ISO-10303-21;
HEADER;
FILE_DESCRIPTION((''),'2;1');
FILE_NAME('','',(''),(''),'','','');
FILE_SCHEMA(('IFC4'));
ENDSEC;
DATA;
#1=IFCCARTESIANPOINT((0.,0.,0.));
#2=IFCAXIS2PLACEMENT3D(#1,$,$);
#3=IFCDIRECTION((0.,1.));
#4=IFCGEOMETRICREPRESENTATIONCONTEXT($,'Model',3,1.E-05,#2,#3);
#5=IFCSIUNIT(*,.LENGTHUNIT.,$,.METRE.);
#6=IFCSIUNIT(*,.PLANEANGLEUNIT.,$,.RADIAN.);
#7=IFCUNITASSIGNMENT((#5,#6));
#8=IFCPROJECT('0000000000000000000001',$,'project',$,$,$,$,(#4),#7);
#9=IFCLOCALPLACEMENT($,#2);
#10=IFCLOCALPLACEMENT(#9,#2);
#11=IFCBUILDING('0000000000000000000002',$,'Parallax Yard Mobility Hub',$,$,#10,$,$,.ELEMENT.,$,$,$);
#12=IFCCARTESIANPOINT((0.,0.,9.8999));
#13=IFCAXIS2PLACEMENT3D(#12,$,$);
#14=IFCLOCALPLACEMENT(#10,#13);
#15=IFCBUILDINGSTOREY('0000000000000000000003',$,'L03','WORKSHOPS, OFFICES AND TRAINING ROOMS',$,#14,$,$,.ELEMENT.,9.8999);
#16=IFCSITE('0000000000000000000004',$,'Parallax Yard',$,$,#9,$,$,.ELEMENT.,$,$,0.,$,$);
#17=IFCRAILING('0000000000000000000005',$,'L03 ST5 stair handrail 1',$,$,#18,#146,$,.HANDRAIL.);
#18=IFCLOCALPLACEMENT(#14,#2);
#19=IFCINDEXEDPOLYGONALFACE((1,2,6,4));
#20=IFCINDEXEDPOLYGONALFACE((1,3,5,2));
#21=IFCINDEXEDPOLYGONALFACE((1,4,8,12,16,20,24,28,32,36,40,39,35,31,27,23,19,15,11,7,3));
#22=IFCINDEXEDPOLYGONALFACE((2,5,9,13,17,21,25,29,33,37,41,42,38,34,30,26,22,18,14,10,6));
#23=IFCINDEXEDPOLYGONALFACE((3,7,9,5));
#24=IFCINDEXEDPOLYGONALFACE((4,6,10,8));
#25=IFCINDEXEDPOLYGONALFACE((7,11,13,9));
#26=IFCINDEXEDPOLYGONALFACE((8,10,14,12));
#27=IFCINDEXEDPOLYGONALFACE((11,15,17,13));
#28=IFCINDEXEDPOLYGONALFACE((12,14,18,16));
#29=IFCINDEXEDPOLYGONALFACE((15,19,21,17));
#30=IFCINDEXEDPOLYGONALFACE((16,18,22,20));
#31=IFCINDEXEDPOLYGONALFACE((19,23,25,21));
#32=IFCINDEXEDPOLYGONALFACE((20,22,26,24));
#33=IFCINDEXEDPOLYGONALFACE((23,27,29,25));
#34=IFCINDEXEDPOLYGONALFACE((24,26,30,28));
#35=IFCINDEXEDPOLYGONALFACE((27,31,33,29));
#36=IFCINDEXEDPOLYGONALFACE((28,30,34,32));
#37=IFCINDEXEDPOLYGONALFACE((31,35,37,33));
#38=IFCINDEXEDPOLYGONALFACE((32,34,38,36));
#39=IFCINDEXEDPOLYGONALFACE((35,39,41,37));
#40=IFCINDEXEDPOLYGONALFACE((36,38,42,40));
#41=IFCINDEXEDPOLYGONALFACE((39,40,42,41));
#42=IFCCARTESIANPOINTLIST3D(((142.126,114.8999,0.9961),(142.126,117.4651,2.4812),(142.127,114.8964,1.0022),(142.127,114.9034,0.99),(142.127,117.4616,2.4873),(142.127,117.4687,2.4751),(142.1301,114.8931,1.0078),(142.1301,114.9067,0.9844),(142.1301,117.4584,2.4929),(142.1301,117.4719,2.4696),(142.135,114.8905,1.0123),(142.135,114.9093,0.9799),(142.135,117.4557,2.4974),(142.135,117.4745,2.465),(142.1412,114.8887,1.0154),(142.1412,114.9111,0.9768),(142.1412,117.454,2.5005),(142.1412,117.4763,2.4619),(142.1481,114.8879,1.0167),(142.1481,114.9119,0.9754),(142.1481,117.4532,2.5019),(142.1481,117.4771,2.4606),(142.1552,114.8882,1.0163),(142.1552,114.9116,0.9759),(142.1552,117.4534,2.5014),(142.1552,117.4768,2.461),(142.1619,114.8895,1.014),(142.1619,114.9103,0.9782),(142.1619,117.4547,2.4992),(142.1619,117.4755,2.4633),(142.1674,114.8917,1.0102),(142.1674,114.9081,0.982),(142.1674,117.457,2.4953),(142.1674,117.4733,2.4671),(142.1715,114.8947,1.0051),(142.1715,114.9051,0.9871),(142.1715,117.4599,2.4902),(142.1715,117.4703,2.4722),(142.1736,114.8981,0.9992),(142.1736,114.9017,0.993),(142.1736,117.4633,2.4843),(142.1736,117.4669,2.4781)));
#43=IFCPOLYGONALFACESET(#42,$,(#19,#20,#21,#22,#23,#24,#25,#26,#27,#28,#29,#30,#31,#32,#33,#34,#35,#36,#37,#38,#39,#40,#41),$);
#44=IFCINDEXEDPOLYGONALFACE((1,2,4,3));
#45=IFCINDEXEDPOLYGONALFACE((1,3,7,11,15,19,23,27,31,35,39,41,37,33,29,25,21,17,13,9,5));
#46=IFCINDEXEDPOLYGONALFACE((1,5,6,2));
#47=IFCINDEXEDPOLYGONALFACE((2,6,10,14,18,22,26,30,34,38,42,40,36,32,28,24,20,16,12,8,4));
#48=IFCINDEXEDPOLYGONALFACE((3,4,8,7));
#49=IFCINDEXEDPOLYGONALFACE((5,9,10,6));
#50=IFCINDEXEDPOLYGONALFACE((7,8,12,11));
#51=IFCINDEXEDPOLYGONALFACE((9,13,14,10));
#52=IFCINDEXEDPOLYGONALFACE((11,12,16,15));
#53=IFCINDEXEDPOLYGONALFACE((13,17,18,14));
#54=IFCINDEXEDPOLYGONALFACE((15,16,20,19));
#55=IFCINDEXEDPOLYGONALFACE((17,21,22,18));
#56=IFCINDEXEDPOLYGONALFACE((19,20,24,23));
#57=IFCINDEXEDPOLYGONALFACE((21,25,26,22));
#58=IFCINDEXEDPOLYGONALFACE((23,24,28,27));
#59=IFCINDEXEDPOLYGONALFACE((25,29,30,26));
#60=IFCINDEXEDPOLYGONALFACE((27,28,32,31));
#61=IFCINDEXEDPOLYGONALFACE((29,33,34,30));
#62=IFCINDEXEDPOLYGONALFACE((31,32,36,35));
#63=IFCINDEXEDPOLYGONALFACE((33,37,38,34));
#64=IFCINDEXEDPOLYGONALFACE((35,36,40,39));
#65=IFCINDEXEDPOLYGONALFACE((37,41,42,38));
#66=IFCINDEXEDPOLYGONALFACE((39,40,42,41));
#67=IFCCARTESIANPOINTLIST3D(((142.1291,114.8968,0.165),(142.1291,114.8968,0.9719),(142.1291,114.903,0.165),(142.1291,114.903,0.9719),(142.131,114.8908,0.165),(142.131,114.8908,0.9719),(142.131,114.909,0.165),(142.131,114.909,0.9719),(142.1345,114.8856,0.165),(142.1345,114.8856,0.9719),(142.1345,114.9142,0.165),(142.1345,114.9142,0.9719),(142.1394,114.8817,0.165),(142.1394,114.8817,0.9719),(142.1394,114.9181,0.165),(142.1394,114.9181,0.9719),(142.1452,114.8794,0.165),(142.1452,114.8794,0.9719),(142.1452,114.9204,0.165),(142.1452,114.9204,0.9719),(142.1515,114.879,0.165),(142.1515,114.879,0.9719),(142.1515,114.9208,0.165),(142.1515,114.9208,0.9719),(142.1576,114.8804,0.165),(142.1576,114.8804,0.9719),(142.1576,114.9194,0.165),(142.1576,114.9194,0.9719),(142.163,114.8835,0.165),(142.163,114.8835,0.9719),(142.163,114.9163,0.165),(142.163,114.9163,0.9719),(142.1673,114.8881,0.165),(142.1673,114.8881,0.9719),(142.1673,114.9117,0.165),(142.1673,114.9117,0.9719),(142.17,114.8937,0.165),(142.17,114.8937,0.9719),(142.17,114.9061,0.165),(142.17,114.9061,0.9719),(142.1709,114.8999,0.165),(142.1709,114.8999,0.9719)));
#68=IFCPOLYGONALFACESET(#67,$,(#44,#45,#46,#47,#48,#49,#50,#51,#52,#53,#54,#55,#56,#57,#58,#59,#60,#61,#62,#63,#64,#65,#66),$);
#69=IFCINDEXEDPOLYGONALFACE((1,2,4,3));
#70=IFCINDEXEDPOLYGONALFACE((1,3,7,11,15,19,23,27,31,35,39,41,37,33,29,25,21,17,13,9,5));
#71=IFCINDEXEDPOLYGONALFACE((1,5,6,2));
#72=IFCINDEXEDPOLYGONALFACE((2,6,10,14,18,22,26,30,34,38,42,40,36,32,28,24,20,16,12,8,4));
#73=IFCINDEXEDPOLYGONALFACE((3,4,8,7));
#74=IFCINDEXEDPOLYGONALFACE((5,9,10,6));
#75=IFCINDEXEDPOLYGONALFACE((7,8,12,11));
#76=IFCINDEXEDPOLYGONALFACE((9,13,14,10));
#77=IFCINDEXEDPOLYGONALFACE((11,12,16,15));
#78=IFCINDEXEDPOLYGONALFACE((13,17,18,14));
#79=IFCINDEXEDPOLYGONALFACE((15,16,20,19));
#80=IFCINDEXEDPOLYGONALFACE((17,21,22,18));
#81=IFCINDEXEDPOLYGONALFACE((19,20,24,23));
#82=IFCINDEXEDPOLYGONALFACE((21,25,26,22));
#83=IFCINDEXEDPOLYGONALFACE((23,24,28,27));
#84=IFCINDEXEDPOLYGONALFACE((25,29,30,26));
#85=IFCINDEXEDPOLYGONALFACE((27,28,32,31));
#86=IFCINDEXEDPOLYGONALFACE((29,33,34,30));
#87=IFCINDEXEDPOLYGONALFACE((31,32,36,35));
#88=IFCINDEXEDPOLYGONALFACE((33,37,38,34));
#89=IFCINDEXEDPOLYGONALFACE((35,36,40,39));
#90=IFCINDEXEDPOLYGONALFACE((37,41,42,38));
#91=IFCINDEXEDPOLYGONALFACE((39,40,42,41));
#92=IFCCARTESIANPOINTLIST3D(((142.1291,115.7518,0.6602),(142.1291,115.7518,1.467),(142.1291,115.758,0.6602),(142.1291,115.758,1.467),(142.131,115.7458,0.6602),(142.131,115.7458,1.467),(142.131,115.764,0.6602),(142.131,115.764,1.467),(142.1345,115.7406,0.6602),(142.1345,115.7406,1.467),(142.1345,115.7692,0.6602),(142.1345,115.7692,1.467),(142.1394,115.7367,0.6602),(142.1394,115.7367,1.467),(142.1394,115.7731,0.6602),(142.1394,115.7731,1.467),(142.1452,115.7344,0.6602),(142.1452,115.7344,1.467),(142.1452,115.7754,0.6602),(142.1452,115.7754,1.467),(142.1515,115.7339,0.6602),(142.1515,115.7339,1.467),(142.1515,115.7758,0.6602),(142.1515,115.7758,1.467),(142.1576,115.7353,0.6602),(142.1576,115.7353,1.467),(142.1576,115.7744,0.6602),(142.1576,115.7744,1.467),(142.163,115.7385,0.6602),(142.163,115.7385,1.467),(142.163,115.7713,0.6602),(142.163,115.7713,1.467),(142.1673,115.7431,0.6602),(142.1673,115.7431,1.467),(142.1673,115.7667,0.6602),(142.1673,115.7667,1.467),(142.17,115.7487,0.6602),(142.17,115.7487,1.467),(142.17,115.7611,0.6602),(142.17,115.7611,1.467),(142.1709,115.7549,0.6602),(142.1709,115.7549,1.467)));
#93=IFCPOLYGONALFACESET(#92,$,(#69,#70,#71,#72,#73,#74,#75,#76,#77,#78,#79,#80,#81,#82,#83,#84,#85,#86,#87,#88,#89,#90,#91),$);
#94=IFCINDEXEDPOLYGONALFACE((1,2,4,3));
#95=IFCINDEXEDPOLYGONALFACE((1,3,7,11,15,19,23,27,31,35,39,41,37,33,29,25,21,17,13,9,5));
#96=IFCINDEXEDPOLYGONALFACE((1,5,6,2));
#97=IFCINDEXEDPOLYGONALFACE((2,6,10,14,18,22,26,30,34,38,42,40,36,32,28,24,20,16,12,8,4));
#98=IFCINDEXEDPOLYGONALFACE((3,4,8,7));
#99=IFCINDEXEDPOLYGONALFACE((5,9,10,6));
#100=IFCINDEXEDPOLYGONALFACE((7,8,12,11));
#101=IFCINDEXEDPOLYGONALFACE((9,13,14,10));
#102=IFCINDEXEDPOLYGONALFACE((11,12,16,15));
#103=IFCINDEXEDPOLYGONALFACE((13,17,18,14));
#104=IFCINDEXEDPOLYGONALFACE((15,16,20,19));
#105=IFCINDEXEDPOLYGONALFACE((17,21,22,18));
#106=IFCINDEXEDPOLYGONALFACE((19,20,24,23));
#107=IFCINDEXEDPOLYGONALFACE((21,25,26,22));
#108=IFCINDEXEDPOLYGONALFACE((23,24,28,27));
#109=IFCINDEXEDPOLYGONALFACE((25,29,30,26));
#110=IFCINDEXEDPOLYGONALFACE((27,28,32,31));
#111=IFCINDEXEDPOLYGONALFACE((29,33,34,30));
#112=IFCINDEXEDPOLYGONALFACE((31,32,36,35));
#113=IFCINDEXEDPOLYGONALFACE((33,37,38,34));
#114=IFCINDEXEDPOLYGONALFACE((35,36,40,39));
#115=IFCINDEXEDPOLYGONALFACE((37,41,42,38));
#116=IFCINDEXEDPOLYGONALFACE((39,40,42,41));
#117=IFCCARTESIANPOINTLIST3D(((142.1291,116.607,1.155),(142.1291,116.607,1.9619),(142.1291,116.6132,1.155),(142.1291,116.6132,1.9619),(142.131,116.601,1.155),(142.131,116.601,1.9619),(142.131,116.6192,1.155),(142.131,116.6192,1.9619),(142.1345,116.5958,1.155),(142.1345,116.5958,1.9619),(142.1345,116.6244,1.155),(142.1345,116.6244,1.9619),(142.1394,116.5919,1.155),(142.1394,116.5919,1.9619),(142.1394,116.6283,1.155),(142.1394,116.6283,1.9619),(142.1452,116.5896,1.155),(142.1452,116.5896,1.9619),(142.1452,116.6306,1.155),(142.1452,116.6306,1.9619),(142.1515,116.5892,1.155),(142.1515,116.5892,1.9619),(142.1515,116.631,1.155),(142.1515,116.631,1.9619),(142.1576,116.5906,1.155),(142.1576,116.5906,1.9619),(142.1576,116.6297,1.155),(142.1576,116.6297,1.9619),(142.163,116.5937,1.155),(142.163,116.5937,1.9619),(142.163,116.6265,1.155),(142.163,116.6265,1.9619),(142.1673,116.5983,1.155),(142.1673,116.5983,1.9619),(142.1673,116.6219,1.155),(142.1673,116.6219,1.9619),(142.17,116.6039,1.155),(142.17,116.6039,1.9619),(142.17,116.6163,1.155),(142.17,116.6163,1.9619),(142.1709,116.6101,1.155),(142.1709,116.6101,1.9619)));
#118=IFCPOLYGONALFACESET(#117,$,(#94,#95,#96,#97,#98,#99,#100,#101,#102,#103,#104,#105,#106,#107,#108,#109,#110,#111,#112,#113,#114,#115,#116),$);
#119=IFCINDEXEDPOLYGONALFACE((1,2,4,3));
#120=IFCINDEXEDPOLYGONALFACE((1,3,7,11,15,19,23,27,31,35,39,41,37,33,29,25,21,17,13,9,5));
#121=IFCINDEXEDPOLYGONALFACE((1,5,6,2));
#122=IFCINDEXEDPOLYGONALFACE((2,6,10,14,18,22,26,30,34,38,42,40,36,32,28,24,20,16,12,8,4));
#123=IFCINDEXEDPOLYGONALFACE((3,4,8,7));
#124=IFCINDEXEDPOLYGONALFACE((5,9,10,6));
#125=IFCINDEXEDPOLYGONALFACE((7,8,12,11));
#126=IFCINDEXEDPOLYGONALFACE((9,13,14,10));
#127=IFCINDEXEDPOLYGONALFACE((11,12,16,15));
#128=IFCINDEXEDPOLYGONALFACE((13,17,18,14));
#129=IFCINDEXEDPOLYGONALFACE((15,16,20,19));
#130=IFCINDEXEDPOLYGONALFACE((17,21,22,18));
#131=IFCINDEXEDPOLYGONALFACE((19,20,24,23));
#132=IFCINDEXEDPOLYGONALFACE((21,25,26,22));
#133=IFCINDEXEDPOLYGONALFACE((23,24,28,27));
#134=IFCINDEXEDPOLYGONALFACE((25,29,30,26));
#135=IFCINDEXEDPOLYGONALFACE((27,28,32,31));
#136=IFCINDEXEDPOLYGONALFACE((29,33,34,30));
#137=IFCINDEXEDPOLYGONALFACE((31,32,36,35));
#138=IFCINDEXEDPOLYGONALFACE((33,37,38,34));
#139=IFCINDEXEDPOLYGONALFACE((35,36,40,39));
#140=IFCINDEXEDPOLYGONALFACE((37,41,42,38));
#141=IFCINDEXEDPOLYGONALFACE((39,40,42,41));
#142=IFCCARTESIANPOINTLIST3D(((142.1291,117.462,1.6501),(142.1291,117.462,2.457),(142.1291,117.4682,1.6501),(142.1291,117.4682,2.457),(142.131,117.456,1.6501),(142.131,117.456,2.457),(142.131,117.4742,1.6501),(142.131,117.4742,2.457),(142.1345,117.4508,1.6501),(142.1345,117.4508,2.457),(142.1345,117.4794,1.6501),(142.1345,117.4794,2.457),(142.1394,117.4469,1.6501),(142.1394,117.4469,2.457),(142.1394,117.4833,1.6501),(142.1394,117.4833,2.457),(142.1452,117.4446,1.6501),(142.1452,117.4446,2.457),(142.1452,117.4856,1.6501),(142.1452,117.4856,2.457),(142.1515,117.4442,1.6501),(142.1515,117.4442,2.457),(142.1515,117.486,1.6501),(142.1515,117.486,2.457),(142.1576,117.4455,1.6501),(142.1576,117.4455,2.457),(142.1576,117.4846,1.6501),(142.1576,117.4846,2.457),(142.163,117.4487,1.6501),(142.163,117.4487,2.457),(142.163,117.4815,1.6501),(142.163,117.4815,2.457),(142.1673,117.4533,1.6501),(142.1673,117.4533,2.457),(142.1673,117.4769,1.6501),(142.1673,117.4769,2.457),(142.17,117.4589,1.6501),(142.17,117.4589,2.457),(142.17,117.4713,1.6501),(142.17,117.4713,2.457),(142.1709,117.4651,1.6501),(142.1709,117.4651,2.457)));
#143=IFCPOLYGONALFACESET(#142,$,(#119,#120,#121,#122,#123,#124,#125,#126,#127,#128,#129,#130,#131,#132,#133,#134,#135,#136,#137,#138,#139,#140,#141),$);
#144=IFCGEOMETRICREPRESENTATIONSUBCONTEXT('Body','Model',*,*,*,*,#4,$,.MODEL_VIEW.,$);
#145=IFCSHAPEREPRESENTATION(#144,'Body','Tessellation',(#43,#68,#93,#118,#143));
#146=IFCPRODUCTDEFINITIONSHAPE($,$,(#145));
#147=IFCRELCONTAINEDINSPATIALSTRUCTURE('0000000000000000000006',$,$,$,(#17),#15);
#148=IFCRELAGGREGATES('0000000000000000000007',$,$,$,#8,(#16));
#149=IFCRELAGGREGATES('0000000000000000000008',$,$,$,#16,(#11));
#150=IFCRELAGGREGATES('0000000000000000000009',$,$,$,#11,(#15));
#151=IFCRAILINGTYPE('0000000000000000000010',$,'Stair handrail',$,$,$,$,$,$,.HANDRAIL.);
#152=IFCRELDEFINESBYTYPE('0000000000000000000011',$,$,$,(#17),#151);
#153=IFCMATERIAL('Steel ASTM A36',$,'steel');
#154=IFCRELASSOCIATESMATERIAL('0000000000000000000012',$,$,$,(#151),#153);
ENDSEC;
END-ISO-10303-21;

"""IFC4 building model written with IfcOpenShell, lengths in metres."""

from ifc_helpers import new_model, si_unit, direction, frame, origin, origin_2d, place, context, subcontext, project, spatial, circle, extrude, material, type_object, element, save


model = new_model("IFC4")

# Units and contexts
model_context = context("Model", 3, precision=1e-05, world=origin(), true_north=direction((0.0, 1.0)))
body_context = subcontext(model_context, "Body", "Model", "MODEL_VIEW")
ifc_project = project(units=[si_unit("LENGTHUNIT", "METRE"), si_unit("PLANEANGLEUNIT", "RADIAN")], contexts=[model_context])

# Site, building, storey
site_placement = place(None, origin())
site = spatial("IfcSite", under=ifc_project, at=site_placement, Name="Parallax Yard", CompositionType="ELEMENT", RefElevation=0.0)
building_placement = place(site_placement, origin())
building = spatial("IfcBuilding", under=site, at=building_placement, Name="Parallax Yard Mobility Hub", CompositionType="ELEMENT")
storey_placement = place(building_placement, frame((0.0, 0.0, 9.8999)))
storey = spatial("IfcBuildingStorey", under=building, at=storey_placement, Name="L03", Description="WORKSHOPS, OFFICES AND TRAINING ROOMS", CompositionType="ELEMENT", Elevation=9.8999)

# Railing
ifc_material_1 = material(Name="Steel ASTM A36", Category="steel")
railing_type_1 = type_object("IfcRailingType", Name="Stair handrail", PredefinedType="HANDRAIL", material=ifc_material_1)
railing_1_placement = place(storey_placement, frame((142.1499, 114.8999, 0.165)))
element("IfcRailing", 1, at=railing_1_placement, inside=storey, type_object=railing_type_1, Name="L03 ST5 stair handrail 1", PredefinedType="HANDRAIL", context=body_context, shape_type="SweptSolid", body=[
    extrude(circle(Radius=0.0239, at=origin_2d()), frame((0.0, 0.0, 0.8311), z_axis=(0.0, 0.865426, 0.501036), x_axis=(-1.0, 0.0, 0.0)), (0.0, 0.0, 1.0), 2.9641),
    extrude(circle(Radius=0.021, at=origin_2d()), origin(), (0.0, 0.0, 1.0), 0.8069),
    extrude(circle(Radius=0.021, at=origin_2d()), frame((0.0, 0.855, 0.4951)), (0.0, 0.0, 1.0), 0.8069),
    extrude(circle(Radius=0.021, at=origin_2d()), frame((0.0, 1.7102, 0.99)), (0.0, 0.0, 1.0), 0.8069),
    extrude(circle(Radius=0.021, at=origin_2d()), frame((0.0, 2.5652, 1.4851)), (0.0, 0.0, 1.0), 0.8069),
])

save(model, "model.ifc")
